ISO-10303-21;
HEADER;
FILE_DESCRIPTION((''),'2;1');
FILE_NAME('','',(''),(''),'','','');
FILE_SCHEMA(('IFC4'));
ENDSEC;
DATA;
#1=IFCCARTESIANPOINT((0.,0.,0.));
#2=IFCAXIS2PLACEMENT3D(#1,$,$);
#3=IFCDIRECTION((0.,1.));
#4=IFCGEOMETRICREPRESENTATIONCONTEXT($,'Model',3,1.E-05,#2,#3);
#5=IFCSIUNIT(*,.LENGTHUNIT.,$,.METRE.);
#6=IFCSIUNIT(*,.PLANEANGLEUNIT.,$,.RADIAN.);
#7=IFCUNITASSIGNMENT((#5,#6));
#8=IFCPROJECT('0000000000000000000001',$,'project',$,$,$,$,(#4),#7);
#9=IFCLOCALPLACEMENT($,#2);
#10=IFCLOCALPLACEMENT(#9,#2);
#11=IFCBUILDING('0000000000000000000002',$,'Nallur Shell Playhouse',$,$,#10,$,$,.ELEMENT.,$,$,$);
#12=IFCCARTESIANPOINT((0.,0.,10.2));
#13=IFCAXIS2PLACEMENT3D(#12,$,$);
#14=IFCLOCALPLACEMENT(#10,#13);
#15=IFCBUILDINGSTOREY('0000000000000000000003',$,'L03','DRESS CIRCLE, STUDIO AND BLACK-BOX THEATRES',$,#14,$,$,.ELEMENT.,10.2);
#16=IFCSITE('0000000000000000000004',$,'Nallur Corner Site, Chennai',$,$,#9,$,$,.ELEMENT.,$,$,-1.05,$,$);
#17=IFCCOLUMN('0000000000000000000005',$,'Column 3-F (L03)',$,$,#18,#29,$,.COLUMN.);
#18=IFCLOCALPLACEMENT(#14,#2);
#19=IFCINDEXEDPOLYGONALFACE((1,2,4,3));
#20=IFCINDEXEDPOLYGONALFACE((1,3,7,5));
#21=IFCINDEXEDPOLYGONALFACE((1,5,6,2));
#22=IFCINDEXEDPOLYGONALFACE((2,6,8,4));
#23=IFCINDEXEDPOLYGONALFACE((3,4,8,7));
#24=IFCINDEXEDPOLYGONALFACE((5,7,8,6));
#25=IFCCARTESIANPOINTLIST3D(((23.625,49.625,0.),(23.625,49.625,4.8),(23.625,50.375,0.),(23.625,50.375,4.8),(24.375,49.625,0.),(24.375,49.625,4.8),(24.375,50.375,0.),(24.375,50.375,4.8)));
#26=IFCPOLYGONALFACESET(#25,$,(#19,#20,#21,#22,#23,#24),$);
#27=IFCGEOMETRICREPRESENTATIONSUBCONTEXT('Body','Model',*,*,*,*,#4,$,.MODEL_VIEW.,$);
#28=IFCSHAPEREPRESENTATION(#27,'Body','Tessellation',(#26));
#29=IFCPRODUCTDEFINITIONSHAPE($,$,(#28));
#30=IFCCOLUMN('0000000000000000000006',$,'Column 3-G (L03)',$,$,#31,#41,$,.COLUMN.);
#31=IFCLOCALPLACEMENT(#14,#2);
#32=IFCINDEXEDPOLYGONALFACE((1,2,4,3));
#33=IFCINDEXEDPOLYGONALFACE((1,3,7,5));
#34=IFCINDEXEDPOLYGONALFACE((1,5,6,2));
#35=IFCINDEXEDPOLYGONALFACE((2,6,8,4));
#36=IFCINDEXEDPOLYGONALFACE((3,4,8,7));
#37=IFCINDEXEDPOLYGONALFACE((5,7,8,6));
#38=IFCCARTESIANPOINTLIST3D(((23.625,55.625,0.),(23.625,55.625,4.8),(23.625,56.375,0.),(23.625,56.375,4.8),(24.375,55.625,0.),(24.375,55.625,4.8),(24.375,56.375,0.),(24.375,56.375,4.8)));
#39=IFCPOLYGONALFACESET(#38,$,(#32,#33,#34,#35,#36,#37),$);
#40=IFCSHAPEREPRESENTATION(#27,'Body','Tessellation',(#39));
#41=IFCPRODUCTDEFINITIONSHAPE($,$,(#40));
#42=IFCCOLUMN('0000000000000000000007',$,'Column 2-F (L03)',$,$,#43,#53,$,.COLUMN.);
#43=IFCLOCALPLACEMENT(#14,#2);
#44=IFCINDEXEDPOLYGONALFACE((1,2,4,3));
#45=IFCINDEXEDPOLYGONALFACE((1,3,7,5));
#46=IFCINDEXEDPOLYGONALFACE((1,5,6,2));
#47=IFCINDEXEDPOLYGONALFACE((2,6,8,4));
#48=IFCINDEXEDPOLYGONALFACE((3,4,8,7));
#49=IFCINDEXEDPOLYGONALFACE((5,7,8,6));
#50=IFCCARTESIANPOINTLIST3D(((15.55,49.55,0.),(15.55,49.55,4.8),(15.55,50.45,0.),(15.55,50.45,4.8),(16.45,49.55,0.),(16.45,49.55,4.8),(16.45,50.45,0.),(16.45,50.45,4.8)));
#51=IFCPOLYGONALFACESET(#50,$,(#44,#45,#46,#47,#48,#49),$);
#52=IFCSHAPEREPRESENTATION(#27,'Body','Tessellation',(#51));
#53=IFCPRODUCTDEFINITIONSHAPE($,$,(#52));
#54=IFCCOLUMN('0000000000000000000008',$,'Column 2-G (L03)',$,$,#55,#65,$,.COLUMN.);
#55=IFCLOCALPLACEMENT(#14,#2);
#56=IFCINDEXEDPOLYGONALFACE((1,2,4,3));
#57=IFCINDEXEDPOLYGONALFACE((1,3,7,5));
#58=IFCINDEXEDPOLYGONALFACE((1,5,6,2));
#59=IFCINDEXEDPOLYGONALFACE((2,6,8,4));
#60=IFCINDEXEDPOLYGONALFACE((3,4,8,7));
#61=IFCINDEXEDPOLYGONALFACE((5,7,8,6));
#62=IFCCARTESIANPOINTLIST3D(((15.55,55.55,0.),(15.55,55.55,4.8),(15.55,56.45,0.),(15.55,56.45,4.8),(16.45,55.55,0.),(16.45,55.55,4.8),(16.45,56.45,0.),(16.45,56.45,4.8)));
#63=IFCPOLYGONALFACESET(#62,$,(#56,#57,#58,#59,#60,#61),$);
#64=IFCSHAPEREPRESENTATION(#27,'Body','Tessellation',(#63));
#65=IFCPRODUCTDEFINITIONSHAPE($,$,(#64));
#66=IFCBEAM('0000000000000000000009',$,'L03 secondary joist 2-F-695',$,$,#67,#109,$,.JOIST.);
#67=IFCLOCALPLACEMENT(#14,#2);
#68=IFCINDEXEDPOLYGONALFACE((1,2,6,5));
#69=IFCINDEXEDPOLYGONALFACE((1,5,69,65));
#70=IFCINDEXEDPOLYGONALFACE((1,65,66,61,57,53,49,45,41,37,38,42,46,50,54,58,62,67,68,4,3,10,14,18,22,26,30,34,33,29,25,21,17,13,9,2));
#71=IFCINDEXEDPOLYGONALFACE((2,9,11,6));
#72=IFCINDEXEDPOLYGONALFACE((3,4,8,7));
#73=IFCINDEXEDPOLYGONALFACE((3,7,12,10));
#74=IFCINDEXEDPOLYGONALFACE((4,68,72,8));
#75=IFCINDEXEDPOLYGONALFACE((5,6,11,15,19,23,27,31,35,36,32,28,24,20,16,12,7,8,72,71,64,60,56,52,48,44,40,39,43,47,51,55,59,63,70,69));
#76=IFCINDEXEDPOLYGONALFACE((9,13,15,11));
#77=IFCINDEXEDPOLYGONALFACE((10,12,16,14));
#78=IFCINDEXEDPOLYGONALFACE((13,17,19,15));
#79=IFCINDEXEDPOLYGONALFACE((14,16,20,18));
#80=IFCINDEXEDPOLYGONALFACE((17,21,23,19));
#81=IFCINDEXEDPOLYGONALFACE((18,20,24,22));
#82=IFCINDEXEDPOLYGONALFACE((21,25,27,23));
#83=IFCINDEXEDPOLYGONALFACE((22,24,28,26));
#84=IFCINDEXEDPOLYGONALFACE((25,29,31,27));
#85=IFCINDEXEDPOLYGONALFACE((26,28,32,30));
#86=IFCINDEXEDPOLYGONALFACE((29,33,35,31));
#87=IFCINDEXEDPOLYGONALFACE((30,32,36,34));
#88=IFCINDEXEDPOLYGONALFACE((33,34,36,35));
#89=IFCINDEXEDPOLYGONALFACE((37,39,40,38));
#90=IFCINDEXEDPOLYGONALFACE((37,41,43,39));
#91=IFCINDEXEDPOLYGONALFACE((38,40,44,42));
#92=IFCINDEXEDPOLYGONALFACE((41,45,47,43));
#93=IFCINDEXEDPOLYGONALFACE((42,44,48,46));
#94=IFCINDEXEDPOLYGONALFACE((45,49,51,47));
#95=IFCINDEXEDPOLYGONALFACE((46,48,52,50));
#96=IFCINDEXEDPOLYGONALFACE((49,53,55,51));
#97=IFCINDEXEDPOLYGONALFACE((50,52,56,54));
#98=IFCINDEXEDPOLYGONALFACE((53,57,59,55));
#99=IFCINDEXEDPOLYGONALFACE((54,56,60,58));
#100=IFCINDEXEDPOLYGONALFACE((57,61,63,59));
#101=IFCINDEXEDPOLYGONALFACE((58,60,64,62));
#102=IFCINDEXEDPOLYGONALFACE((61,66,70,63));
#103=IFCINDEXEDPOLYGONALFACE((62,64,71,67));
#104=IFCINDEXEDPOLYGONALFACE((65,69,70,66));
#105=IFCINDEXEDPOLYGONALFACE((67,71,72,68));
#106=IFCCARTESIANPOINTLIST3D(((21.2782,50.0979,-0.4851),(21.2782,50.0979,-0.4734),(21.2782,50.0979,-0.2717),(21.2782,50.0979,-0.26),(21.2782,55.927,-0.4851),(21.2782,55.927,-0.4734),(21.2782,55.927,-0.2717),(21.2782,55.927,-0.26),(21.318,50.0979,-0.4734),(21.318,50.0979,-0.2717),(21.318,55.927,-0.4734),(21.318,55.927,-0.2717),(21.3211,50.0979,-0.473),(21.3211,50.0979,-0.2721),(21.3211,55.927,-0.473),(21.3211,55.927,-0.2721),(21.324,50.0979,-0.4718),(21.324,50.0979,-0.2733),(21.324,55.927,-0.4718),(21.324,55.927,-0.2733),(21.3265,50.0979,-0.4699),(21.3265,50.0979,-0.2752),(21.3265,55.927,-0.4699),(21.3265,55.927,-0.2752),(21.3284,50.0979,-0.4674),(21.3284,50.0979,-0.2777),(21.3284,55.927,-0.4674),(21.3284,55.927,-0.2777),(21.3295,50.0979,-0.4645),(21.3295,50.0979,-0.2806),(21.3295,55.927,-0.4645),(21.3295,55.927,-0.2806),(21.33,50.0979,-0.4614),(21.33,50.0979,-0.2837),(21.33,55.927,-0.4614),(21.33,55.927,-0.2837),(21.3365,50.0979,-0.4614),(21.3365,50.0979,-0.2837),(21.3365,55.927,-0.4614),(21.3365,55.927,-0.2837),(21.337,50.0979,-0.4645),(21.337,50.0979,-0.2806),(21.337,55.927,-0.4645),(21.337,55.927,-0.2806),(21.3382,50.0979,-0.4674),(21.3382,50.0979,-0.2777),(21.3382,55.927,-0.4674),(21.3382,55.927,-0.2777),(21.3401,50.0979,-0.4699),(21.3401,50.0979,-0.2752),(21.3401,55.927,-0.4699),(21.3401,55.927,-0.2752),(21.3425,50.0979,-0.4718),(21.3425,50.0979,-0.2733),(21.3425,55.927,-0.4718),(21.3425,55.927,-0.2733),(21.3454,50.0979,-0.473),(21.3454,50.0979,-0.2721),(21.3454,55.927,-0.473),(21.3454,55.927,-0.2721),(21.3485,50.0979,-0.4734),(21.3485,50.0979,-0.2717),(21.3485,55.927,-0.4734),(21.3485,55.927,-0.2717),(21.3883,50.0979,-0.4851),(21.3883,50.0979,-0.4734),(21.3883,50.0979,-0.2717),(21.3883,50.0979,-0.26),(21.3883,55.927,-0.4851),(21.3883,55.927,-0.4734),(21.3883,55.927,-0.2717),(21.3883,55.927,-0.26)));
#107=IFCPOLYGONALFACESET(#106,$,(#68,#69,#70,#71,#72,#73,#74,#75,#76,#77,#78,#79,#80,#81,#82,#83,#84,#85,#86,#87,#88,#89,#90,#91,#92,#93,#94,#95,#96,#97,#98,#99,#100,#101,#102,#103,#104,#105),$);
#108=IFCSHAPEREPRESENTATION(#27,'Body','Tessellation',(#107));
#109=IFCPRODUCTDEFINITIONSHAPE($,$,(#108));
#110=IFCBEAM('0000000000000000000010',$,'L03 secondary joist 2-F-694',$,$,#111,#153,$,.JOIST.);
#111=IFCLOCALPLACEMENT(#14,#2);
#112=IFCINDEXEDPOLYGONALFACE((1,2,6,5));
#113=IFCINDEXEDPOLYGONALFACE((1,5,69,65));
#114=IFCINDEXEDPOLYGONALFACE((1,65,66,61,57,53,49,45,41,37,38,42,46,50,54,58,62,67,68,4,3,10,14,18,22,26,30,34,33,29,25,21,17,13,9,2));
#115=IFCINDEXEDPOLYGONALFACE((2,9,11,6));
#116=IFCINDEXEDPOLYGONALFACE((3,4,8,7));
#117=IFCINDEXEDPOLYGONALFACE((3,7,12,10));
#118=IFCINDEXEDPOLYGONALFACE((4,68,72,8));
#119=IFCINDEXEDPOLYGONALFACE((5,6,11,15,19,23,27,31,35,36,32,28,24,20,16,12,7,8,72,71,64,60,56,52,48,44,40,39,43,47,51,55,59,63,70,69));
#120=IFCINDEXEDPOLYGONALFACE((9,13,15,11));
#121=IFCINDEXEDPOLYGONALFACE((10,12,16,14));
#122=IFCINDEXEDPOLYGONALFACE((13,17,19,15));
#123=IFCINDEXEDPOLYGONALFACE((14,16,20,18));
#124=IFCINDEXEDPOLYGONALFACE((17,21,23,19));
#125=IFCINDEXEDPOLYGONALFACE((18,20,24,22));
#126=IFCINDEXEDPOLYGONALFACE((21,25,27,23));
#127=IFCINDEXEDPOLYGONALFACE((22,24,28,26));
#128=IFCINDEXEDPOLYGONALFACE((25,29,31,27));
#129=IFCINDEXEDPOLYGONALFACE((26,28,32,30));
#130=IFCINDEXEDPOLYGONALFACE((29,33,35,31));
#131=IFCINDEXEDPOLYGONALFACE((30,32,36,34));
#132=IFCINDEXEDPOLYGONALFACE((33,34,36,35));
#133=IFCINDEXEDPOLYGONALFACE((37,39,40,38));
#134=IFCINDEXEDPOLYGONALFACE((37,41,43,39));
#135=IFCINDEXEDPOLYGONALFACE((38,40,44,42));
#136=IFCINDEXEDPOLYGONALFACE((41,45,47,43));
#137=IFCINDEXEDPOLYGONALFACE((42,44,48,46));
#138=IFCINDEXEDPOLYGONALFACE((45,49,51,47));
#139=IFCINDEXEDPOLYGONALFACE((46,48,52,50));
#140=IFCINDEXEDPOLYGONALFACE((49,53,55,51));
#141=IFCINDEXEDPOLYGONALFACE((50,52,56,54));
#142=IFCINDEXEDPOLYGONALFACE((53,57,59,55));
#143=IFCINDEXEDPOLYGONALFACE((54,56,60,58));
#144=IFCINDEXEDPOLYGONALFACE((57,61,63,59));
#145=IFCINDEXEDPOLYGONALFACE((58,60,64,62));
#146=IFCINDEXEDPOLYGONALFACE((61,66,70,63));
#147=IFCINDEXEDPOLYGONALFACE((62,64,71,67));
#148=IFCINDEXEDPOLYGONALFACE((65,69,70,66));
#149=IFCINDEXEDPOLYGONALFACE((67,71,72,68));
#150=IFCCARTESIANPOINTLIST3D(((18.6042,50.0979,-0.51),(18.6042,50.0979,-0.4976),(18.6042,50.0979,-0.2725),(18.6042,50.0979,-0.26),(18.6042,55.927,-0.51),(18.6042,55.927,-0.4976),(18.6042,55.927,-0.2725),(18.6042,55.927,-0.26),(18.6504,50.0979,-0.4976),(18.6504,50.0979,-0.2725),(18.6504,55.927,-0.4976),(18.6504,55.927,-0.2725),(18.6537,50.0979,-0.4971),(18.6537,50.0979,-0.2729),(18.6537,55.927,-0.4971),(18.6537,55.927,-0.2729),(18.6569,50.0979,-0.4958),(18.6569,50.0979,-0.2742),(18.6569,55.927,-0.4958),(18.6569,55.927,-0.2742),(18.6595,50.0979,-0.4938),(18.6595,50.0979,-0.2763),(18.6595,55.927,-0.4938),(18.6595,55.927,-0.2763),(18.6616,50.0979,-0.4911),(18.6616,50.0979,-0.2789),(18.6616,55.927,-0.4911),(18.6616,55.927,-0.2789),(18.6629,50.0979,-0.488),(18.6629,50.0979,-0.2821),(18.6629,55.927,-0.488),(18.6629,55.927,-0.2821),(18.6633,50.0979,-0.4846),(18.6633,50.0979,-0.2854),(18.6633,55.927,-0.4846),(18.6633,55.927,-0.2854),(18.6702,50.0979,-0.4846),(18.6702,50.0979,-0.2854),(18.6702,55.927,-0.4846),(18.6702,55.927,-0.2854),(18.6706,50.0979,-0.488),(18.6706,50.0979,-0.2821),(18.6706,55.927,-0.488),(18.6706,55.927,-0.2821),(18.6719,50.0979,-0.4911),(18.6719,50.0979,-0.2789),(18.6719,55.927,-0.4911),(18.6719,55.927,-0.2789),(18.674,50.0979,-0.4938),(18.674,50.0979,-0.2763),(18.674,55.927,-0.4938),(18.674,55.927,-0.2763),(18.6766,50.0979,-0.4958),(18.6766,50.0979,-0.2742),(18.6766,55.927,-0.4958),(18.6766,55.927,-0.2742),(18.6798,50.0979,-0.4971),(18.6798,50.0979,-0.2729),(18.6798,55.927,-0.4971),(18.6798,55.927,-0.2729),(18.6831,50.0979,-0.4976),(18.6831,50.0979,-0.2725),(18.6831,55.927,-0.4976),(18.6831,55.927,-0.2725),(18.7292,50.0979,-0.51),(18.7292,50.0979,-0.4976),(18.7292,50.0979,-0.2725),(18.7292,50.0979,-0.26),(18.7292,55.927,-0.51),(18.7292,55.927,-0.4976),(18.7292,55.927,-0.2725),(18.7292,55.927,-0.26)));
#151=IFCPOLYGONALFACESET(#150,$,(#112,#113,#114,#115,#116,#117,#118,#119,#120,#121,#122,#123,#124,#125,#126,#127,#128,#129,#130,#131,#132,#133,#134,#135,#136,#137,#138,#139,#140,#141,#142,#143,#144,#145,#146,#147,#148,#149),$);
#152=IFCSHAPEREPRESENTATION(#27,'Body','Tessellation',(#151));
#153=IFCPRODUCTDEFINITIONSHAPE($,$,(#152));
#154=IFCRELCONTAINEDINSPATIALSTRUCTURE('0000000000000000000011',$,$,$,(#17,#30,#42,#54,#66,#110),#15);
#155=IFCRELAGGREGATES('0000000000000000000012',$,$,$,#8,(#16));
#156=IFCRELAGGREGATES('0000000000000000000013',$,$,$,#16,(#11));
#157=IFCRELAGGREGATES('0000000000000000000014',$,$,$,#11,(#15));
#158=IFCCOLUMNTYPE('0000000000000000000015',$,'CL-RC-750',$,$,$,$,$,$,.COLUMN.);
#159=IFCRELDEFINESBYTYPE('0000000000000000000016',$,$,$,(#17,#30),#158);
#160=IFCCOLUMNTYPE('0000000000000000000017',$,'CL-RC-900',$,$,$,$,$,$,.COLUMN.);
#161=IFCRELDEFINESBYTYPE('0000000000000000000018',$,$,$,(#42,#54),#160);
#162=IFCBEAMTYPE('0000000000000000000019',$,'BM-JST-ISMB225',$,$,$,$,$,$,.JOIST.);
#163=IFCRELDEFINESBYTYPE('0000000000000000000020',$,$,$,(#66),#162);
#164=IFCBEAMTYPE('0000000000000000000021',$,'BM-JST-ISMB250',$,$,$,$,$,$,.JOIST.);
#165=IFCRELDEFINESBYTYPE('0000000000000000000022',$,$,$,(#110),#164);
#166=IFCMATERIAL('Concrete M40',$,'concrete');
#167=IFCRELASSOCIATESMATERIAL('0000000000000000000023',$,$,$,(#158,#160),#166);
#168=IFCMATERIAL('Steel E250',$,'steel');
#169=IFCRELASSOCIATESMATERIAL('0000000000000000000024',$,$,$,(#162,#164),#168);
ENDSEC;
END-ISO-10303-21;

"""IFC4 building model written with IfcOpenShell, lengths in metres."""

from ifc_helpers import new_model, si_unit, direction, frame, origin, origin_2d, place, context, subcontext, project, spatial, rectangle, i_section, extrude, material, material_profile, profile_set, type_object, element, save


model = new_model("IFC4")

# Units and contexts
model_context = context("Model", 3, precision=1e-05, world=origin(), true_north=direction((0.0, 1.0)))
body_context = subcontext(model_context, "Body", "Model", "MODEL_VIEW")
ifc_project = project(units=[si_unit("LENGTHUNIT", "METRE"), si_unit("PLANEANGLEUNIT", "RADIAN")], contexts=[model_context])

# Site, building, storey
site_placement = place(None, origin())
site = spatial("IfcSite", under=ifc_project, at=site_placement, Name="Nallur Corner Site, Chennai", CompositionType="ELEMENT", RefElevation=-1.05)
building_placement = place(site_placement, origin())
building = spatial("IfcBuilding", under=site, at=building_placement, Name="Nallur Shell Playhouse", CompositionType="ELEMENT")
storey_placement = place(building_placement, frame((0.0, 0.0, 10.2)))
storey = spatial("IfcBuildingStorey", under=building, at=storey_placement, Name="L03", Description="DRESS CIRCLE, STUDIO AND BLACK-BOX THEATRES", CompositionType="ELEMENT", Elevation=10.2)

# Columns
ifc_material_1 = material(Name="Concrete M40", Category="concrete")
ifc_material_profile_1 = material_profile(ifc_material_1, rectangle(XDim=0.75, YDim=0.75, at=origin_2d()), Name="RC 750x750")
ifc_profile_set_1 = profile_set([ifc_material_profile_1], Name="Concrete M40")
column_type_1 = type_object("IfcColumnType", Name="CL-RC-750", PredefinedType="COLUMN", material=ifc_profile_set_1)
for number, where, z_axis, x_axis, name in (
    (1, (24.0, 50.0, 0.0), (0.0, 0.0, 1.0), (1.0, 0.0, 0.0), "Column 3-F (L03)"),
    (2, (24.0, 56.0, 0.0), (0.0, 0.0, 1.0), (1.0, 0.0, 0.0), "Column 3-G (L03)"),
):
    element("IfcColumn", number, at=place(storey_placement, frame(where, z_axis=z_axis, x_axis=x_axis)), inside=storey, type_object=column_type_1, Name=name, PredefinedType="COLUMN", context=body_context, shape_type="SweptSolid", body=[
        extrude(rectangle(XDim=0.75, YDim=0.75, at=origin_2d()), origin(), (0.0, 0.0, 1.0), 4.8),
    ])
ifc_material_profile_2 = material_profile(ifc_material_1, rectangle(XDim=0.8999, YDim=0.8999, at=origin_2d()), Name="RC 900x900")
ifc_profile_set_2 = profile_set([ifc_material_profile_2], Name="Concrete M40")
column_type_2 = type_object("IfcColumnType", Name="CL-RC-900", PredefinedType="COLUMN", material=ifc_profile_set_2)
for number, where, z_axis, x_axis, name in (
    (3, (16.0, 50.0, 0.0), (0.0, 0.0, 1.0), (1.0, 0.0, 0.0), "Column 2-F (L03)"),
    (4, (16.0, 56.0, 0.0), (0.0, 0.0, 1.0), (1.0, 0.0, 0.0), "Column 2-G (L03)"),
):
    element("IfcColumn", number, at=place(storey_placement, frame(where, z_axis=z_axis, x_axis=x_axis)), inside=storey, type_object=column_type_2, Name=name, PredefinedType="COLUMN", context=body_context, shape_type="SweptSolid", body=[
        extrude(rectangle(XDim=0.8999, YDim=0.8999, at=origin_2d()), origin(), (0.0, 0.0, 1.0), 4.8),
    ])

# Beams
ifc_material_2 = material(Name="Steel E250", Category="steel")
ifc_material_profile_3 = material_profile(ifc_material_2, i_section(OverallWidth=0.1101, OverallDepth=0.2251, WebThickness=0.0066, FlangeThickness=0.0117, FilletRadius=0.012, at=origin_2d()), Name="ISMB 225")
ifc_profile_set_3 = profile_set([ifc_material_profile_3], Name="Steel E250")
beam_type_1 = type_object("IfcBeamType", Name="BM-JST-ISMB225", PredefinedType="JOIST", material=ifc_profile_set_3)
beam_1_placement = place(storey_placement, frame((21.3333, 50.0979, -0.3726), z_axis=(0.0, 1.0, 0.0), x_axis=(-1.0, 0.0, 0.0)))
element("IfcBeam", 5, at=beam_1_placement, inside=storey, type_object=beam_type_1, Name="L03 secondary joist 2-F-695", PredefinedType="JOIST", context=body_context, shape_type="SweptSolid", body=[
    extrude(i_section(OverallWidth=0.1101, OverallDepth=0.2251, WebThickness=0.0066, FlangeThickness=0.0117, FilletRadius=0.012, at=origin_2d()), origin(), (0.0, 0.0, 1.0), 5.8291),
])
ifc_material_profile_4 = material_profile(ifc_material_2, i_section(OverallWidth=0.125, OverallDepth=0.25, WebThickness=0.0068, FlangeThickness=0.0125, FilletRadius=0.0129, at=origin_2d()), Name="ISMB 250")
ifc_profile_set_4 = profile_set([ifc_material_profile_4], Name="Steel E250")
beam_type_2 = type_object("IfcBeamType", Name="BM-JST-ISMB250", PredefinedType="JOIST", material=ifc_profile_set_4)
beam_2_placement = place(storey_placement, frame((18.6667, 50.0979, -0.385), z_axis=(0.0, 1.0, 0.0), x_axis=(-1.0, 0.0, 0.0)))
element("IfcBeam", 6, at=beam_2_placement, inside=storey, type_object=beam_type_2, Name="L03 secondary joist 2-F-694", PredefinedType="JOIST", context=body_context, shape_type="SweptSolid", body=[
    extrude(i_section(OverallWidth=0.125, OverallDepth=0.25, WebThickness=0.0068, FlangeThickness=0.0125, FilletRadius=0.0129, at=origin_2d()), origin(), (0.0, 0.0, 1.0), 5.8291),
])

save(model, "model.ifc")
